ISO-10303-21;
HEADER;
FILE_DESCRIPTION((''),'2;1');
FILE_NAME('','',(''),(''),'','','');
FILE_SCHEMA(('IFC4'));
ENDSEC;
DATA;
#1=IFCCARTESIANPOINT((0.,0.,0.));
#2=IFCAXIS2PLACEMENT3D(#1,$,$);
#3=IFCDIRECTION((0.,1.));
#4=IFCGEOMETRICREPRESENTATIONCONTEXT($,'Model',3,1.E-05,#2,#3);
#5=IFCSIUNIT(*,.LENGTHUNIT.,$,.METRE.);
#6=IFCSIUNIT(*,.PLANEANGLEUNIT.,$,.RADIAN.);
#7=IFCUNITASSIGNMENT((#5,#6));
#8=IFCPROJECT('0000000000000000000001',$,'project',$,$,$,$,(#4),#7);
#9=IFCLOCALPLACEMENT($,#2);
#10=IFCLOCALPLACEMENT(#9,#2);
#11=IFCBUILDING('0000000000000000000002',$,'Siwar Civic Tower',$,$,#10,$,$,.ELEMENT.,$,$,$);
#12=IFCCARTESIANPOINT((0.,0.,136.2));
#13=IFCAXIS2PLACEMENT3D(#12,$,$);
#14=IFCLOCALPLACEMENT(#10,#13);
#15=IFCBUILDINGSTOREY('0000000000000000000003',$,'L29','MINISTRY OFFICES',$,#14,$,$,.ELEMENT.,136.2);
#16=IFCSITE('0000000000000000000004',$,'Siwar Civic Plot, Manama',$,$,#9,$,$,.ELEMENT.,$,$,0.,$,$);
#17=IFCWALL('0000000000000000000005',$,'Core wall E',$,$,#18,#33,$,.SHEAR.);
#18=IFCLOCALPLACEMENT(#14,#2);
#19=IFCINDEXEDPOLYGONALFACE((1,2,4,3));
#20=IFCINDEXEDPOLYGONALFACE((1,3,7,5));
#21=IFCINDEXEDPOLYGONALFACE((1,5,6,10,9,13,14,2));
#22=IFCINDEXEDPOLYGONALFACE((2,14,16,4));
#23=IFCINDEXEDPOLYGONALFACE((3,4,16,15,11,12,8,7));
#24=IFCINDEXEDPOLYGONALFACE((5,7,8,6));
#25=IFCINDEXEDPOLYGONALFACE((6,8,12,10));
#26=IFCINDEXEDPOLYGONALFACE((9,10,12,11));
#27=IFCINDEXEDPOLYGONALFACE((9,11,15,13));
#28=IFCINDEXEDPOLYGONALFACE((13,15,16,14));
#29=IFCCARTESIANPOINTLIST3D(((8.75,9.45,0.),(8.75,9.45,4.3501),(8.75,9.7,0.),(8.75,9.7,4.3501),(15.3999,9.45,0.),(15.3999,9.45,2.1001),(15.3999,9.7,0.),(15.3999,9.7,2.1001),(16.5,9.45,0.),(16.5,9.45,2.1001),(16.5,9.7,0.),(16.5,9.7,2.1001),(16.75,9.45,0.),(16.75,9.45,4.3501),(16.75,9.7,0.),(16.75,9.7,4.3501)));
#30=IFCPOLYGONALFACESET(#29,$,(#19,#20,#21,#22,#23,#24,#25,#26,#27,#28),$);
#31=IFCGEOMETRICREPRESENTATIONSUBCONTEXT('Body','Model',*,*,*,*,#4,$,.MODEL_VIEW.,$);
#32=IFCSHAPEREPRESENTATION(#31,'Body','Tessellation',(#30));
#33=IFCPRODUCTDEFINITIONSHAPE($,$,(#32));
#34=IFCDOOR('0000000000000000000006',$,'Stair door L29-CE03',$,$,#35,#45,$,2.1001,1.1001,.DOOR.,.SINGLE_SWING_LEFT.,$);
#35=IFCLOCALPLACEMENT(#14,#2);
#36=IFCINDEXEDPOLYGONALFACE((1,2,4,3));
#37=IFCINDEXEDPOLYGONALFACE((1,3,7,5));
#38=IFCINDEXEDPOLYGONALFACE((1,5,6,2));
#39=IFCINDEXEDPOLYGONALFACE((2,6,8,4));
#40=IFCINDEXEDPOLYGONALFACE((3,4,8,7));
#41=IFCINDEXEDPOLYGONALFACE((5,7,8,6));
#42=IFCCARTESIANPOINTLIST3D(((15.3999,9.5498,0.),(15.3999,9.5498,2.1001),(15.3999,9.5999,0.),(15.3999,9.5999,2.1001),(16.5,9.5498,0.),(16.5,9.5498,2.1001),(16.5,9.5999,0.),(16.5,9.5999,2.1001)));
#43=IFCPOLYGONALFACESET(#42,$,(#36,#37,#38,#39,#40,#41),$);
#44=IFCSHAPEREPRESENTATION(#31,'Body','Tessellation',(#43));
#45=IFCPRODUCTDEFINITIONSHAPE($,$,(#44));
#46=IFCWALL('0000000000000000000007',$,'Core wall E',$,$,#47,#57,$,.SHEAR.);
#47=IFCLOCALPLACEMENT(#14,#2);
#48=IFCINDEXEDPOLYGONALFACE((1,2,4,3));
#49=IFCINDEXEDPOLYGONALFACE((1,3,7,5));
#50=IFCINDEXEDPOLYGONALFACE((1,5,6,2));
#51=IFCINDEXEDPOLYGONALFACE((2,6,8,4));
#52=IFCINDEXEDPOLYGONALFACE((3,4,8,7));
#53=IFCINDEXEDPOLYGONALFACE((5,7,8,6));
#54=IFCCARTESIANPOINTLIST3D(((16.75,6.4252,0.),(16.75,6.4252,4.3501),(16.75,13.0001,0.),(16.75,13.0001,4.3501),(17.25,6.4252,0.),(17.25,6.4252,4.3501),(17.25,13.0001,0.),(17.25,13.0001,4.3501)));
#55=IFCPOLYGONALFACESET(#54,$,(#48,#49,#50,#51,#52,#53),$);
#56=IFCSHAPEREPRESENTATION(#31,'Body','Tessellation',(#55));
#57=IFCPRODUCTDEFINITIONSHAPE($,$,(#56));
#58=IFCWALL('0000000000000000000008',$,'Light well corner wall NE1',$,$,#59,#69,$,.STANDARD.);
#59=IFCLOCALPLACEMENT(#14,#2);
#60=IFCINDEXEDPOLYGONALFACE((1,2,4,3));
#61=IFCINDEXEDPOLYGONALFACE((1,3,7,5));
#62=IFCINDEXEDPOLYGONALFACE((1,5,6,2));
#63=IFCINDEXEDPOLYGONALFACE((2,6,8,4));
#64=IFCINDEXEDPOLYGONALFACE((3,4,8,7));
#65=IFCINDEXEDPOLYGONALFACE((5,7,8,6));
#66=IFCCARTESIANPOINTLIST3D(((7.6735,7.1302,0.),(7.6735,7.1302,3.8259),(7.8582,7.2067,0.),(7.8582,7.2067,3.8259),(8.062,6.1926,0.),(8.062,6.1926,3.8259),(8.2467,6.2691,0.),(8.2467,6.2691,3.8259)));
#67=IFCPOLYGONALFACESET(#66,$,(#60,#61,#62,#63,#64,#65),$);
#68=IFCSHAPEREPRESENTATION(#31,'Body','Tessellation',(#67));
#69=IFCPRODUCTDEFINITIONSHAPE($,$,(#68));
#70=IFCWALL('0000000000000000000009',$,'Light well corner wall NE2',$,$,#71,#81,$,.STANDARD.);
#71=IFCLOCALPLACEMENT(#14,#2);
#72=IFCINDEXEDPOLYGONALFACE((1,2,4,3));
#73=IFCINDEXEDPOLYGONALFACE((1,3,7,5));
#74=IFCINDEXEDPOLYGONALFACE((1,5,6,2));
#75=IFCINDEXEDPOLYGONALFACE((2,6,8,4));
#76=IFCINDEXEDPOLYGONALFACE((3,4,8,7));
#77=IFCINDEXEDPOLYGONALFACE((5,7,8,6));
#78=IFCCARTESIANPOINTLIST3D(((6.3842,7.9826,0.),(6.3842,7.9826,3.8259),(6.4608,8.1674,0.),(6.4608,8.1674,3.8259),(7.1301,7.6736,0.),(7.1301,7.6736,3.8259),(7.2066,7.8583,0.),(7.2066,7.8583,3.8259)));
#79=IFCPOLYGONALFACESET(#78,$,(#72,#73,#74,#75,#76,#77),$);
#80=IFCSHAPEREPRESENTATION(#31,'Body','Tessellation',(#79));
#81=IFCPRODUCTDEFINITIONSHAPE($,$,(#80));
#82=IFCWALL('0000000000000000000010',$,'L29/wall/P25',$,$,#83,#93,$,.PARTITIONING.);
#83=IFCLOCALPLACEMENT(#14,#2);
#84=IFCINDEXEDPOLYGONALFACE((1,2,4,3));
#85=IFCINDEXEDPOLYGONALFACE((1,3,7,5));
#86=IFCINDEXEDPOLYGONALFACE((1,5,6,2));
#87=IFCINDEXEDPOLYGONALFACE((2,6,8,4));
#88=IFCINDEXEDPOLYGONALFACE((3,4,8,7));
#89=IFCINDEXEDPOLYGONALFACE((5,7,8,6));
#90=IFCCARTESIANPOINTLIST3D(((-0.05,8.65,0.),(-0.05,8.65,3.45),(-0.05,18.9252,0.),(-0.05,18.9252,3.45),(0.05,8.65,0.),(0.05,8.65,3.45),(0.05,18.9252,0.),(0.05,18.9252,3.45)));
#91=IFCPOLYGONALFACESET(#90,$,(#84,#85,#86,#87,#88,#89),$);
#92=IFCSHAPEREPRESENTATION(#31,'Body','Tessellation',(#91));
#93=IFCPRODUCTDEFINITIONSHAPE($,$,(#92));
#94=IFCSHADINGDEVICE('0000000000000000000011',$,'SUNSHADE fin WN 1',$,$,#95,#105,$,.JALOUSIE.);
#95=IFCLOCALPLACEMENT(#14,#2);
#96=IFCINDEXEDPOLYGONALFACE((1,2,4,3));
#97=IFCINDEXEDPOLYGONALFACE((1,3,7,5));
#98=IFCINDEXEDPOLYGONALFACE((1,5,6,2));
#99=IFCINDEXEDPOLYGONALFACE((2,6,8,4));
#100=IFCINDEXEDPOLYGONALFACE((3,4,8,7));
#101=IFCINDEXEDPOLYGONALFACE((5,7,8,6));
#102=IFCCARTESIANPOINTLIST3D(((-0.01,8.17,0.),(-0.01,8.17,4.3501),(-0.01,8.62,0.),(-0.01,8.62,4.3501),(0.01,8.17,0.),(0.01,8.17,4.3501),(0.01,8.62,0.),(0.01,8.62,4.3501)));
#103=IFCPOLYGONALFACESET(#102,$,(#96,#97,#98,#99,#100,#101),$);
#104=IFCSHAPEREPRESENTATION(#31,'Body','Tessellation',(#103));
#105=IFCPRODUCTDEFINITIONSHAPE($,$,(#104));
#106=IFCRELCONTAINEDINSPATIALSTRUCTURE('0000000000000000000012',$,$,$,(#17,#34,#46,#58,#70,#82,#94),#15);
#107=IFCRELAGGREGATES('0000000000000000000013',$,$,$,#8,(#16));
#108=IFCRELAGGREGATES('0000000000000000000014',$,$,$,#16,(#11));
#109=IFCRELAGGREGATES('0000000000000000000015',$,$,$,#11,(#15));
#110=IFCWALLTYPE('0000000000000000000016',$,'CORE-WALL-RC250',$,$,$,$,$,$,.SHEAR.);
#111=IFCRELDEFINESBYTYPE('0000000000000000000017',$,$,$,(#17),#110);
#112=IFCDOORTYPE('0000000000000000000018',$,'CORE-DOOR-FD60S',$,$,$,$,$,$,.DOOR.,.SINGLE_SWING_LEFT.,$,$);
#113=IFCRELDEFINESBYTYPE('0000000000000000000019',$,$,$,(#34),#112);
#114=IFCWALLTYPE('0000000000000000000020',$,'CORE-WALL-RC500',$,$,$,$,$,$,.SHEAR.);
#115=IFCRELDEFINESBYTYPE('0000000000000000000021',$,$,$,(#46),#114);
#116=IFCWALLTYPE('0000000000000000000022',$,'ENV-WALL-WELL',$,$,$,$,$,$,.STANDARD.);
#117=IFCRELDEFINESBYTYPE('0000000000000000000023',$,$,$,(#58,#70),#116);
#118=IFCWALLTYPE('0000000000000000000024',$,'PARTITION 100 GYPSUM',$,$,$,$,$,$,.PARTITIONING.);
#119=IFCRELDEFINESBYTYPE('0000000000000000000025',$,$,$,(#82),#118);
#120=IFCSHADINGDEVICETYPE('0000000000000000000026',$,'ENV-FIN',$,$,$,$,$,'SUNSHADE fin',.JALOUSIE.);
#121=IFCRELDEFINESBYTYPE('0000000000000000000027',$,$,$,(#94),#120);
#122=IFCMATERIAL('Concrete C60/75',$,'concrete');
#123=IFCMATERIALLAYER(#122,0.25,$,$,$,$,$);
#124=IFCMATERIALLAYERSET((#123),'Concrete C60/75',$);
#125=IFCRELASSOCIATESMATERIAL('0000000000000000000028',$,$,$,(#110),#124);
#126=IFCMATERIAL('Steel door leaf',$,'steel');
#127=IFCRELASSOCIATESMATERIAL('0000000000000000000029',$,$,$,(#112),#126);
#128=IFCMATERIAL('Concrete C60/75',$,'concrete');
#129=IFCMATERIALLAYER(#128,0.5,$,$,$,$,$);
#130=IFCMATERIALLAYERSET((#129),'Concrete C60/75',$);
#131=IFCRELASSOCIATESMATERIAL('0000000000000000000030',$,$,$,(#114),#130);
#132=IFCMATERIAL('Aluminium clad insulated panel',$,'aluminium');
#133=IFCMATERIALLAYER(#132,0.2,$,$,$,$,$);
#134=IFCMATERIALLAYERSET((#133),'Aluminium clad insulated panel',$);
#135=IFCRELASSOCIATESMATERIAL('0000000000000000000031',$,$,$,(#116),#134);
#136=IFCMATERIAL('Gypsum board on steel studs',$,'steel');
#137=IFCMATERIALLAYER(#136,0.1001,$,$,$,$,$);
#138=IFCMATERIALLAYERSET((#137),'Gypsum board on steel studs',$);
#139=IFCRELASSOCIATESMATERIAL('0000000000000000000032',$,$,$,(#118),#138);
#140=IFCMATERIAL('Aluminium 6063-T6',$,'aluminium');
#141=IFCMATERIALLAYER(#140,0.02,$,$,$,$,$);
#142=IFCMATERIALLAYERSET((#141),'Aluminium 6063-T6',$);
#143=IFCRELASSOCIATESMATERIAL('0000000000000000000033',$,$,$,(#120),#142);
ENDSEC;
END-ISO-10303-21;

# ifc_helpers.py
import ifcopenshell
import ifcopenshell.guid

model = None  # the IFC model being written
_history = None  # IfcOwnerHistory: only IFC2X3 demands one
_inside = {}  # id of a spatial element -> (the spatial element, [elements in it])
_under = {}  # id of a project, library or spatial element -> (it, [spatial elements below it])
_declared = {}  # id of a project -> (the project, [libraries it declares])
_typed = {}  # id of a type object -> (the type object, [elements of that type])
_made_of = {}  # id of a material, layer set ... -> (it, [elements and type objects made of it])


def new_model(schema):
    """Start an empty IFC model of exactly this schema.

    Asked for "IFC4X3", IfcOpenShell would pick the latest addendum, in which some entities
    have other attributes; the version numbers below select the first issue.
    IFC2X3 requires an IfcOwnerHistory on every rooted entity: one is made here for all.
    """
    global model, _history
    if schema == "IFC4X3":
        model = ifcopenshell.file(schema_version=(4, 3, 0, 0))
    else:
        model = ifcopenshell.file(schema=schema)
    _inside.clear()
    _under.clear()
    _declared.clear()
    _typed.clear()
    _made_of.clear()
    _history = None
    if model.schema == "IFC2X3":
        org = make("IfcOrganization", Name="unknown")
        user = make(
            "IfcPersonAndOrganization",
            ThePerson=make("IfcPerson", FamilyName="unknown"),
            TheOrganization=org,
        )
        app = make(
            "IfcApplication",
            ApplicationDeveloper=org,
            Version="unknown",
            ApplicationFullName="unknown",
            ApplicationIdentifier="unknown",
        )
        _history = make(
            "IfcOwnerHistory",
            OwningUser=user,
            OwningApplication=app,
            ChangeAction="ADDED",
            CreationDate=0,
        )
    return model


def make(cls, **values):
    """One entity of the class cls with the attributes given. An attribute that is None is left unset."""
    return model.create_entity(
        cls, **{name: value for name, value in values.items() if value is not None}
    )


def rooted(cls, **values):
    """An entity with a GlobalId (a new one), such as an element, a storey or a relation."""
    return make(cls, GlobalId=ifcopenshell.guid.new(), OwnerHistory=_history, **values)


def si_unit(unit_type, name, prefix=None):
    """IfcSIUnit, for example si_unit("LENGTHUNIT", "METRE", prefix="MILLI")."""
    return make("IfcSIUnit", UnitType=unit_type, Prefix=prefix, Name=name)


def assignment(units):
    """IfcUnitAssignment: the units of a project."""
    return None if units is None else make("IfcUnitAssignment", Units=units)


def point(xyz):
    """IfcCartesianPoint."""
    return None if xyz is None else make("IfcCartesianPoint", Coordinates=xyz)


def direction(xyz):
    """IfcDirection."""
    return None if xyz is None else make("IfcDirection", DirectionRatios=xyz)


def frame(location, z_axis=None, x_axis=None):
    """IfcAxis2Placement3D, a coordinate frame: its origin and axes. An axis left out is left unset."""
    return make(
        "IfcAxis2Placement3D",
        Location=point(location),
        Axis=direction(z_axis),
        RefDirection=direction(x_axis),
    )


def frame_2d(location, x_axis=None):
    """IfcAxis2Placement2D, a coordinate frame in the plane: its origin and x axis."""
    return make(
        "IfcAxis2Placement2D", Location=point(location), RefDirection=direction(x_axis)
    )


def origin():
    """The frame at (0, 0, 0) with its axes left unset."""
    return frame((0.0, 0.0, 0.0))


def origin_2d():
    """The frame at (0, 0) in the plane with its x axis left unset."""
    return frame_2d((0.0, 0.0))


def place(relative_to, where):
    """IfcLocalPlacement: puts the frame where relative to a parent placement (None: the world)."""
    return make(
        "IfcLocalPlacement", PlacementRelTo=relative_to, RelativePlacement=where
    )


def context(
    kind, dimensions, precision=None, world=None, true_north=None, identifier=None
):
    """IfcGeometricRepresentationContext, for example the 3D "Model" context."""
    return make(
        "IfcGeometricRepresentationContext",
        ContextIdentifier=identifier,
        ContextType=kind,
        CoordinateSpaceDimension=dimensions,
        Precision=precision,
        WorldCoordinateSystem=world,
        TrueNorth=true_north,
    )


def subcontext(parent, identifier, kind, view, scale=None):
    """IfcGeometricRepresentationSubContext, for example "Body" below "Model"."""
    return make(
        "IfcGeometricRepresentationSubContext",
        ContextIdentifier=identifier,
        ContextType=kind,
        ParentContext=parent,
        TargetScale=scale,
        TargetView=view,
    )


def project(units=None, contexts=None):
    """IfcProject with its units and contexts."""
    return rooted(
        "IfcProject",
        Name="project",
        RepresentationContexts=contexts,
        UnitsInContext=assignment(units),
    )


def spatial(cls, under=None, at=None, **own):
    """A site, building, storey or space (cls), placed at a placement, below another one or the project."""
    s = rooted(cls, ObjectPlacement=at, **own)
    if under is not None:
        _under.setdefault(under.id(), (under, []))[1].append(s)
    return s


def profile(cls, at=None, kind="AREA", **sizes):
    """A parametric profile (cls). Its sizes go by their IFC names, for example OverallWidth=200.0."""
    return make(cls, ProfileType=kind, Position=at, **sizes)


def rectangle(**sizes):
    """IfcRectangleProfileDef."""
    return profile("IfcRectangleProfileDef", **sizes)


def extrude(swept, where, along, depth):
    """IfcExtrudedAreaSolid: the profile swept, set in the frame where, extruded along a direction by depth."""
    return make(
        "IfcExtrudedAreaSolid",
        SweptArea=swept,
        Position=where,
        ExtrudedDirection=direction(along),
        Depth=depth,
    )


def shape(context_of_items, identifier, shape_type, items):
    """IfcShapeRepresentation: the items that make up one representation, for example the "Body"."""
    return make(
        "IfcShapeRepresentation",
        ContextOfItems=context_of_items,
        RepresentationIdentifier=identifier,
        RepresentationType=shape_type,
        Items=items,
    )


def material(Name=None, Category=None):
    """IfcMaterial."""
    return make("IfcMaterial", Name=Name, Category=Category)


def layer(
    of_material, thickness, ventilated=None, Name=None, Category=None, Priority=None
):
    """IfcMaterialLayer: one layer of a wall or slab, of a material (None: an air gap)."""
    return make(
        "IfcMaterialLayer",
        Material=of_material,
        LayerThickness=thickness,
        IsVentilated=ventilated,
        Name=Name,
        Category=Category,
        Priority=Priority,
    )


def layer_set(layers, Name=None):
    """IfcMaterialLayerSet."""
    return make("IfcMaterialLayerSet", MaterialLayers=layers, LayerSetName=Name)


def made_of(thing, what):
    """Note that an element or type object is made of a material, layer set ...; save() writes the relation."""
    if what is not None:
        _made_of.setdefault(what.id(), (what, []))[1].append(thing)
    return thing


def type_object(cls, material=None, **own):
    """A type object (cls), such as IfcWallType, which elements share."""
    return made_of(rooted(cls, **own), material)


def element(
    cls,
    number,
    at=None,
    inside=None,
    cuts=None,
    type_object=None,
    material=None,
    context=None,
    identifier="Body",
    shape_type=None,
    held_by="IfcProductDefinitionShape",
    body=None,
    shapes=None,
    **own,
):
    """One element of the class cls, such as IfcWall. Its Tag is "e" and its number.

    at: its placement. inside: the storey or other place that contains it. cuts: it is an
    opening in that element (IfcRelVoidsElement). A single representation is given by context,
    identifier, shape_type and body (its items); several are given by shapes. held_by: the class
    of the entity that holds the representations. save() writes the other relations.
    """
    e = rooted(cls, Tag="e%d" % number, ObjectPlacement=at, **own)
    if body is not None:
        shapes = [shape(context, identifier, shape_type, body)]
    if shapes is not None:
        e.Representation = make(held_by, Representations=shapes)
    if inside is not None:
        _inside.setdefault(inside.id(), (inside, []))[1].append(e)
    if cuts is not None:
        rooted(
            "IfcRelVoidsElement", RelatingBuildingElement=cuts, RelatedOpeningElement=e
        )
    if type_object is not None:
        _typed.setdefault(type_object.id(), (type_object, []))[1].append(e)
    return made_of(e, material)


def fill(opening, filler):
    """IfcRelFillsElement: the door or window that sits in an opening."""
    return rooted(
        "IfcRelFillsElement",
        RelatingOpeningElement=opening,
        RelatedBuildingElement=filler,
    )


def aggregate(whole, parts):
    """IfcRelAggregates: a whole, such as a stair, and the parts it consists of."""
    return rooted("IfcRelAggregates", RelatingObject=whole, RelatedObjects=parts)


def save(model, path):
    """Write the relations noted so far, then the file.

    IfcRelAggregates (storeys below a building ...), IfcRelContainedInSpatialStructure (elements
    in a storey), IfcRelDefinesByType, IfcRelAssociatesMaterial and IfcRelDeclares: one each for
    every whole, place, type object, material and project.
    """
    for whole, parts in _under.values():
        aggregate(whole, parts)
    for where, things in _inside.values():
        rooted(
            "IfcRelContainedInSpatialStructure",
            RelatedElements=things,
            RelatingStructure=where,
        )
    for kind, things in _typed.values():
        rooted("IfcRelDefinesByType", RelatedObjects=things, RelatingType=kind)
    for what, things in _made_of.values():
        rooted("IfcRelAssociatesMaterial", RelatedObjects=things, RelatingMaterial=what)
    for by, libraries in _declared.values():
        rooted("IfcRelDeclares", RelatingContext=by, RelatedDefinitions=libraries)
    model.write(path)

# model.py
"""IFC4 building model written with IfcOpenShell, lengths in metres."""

from ifc_helpers import new_model, si_unit, direction, frame, frame_2d, origin, origin_2d, place, context, subcontext, project, spatial, rectangle, extrude, material, layer, layer_set, type_object, element, fill, save


model = new_model("IFC4")

# Units and contexts
model_context = context("Model", 3, precision=1e-05, world=origin(), true_north=direction((0.0, 1.0)))
body_context = subcontext(model_context, "Body", "Model", "MODEL_VIEW")
ifc_project = project(units=[si_unit("LENGTHUNIT", "METRE"), si_unit("PLANEANGLEUNIT", "RADIAN")], contexts=[model_context])

# Site, building, storey
site_placement = place(None, origin())
site = spatial("IfcSite", under=ifc_project, at=site_placement, Name="Siwar Civic Plot, Manama", CompositionType="ELEMENT", RefElevation=0.0)
building_placement = place(site_placement, origin())
building = spatial("IfcBuilding", under=site, at=building_placement, Name="Siwar Civic Tower", CompositionType="ELEMENT")
storey_placement = place(building_placement, frame((0.0, 0.0, 136.2)))
storey = spatial("IfcBuildingStorey", under=building, at=storey_placement, Name="L29", Description="MINISTRY OFFICES", CompositionType="ELEMENT", Elevation=136.2)

# Shared definitions
ifc_material_1 = material(Name="Concrete C60/75", Category="concrete")
ifc_layer_1 = layer(ifc_material_1, 0.25)
ifc_layer_set_1 = layer_set([ifc_layer_1], Name="Concrete C60/75")
wall_type_1 = type_object("IfcWallType", Name="CORE-WALL-RC250", PredefinedType="SHEAR", material=ifc_layer_set_1)

# Wall, opening, door
wall_1_placement = place(storey_placement, frame((8.75, 9.575, 0.0), z_axis=(0.0, 0.0, 1.0), x_axis=(1.0, 0.0, 0.0)))
wall_1 = element("IfcWall", 1, at=wall_1_placement, inside=storey, type_object=wall_type_1, Name="Core wall E", PredefinedType="SHEAR", context=body_context, shape_type="SweptSolid", body=[
    extrude(rectangle(XDim=8.0, YDim=0.25, at=frame_2d((4.0, 0.0))), origin(), (0.0, 0.0, 1.0), 4.3501),
])
opening_1_placement = place(wall_1_placement, frame((6.6499, 0.0, 0.0)))
opening_1 = element("IfcOpeningElement", 2, at=opening_1_placement, cuts=wall_1, PredefinedType="OPENING", context=body_context, shape_type="SweptSolid", body=[
    extrude(rectangle(XDim=1.1001, YDim=2.1001, at=frame_2d((0.55, 1.05))), frame((0.0, 0.135, 0.0), z_axis=(0.0, -1.0, 0.0), x_axis=(1.0, 0.0, 0.0)), (0.0, 0.0, 1.0), 0.27),
])
ifc_material_2 = material(Name="Steel door leaf", Category="steel")
door_type_1 = type_object("IfcDoorType", Name="CORE-DOOR-FD60S", OperationType="SINGLE_SWING_LEFT", PredefinedType="DOOR", material=ifc_material_2)
door_1_placement = place(opening_1_placement, origin())
door_1 = element("IfcDoor", 3, at=door_1_placement, inside=storey, type_object=door_type_1, Name="Stair door L29-CE03", OperationType="SINGLE_SWING_LEFT", OverallHeight=2.1001, OverallWidth=1.1001, PredefinedType="DOOR", context=body_context, shape_type="SweptSolid", body=[
    extrude(rectangle(XDim=1.1001, YDim=2.1001, at=frame_2d((0.55, 1.05))), frame((0.0, 0.0249, 0.0), z_axis=(0.0, -1.0, 0.0), x_axis=(1.0, 0.0, 0.0)), (0.0, 0.0, 1.0), 0.05),
])
fill(opening_1, door_1)

# Walls
ifc_material_3 = material(Name="Concrete C60/75", Category="concrete")
ifc_layer_2 = layer(ifc_material_3, 0.5)
ifc_layer_set_2 = layer_set([ifc_layer_2], Name="Concrete C60/75")
wall_type_2 = type_object("IfcWallType", Name="CORE-WALL-RC500", PredefinedType="SHEAR", material=ifc_layer_set_2)
wall_2_placement = place(storey_placement, frame((17.0, 6.425, 0.0), z_axis=(0.0, 0.0, 1.0), x_axis=(0.0, 1.0, 0.0)))
element("IfcWall", 4, at=wall_2_placement, inside=storey, type_object=wall_type_2, Name="Core wall E", PredefinedType="SHEAR", context=body_context, shape_type="SweptSolid", body=[
    extrude(rectangle(XDim=6.575, YDim=0.5, at=frame_2d((3.2876, 0.0))), origin(), (0.0, 0.0, 1.0), 4.3501),
])
ifc_material_4 = material(Name="Aluminium clad insulated panel", Category="aluminium")
ifc_layer_3 = layer(ifc_material_4, 0.2)
ifc_layer_set_3 = layer_set([ifc_layer_3], Name="Aluminium clad insulated panel")
wall_type_3 = type_object("IfcWallType", Name="ENV-WALL-WELL", PredefinedType="STANDARD", material=ifc_layer_set_3)
wall_3_placement = place(storey_placement, frame((8.1543, 6.231, 0.0), z_axis=(0.0, 0.0, 1.0), x_axis=(-0.38277, 0.923844, 0.0)))
element("IfcWall", 5, at=wall_3_placement, inside=storey, type_object=wall_type_3, Name="Light well corner wall NE1", PredefinedType="STANDARD", context=body_context, shape_type="SweptSolid", body=[
    extrude(rectangle(XDim=1.0149, YDim=0.2, at=frame_2d((0.5073, 0.0))), origin(), (0.0, 0.0, 1.0), 3.8259),
])
wall_4_placement = place(storey_placement, frame((7.1685, 7.7659, 0.0), z_axis=(0.0, 0.0, 1.0), x_axis=(-0.923818, 0.382833, 0.0)))
element("IfcWall", 6, at=wall_4_placement, inside=storey, type_object=wall_type_3, Name="Light well corner wall NE2", PredefinedType="STANDARD", context=body_context, shape_type="SweptSolid", body=[
    extrude(rectangle(XDim=0.8074, YDim=0.2, at=frame_2d((0.4038, 0.0))), origin(), (0.0, 0.0, 1.0), 3.8259),
])
ifc_material_5 = material(Name="Gypsum board on steel studs", Category="steel")
ifc_layer_4 = layer(ifc_material_5, 0.1001)
ifc_layer_set_4 = layer_set([ifc_layer_4], Name="Gypsum board on steel studs")
wall_type_4 = type_object("IfcWallType", Name="PARTITION 100 GYPSUM", PredefinedType="PARTITIONING", material=ifc_layer_set_4)
wall_5_placement = place(storey_placement, frame((0.0, 8.6499, 0.0), z_axis=(0.0, 0.0, 1.0), x_axis=(0.0, 1.0, 0.0)))
element("IfcWall", 7, at=wall_5_placement, inside=storey, type_object=wall_type_4, Name="L29/wall/P25", PredefinedType="PARTITIONING", context=body_context, shape_type="SweptSolid", body=[
    extrude(rectangle(XDim=10.2751, YDim=0.1001, at=frame_2d((5.1377, 0.0))), origin(), (0.0, 0.0, 1.0), 3.45),
])

# Shading device
ifc_material_6 = material(Name="Aluminium 6063-T6", Category="aluminium")
ifc_layer_5 = layer(ifc_material_6, 0.02)
ifc_layer_set_5 = layer_set([ifc_layer_5], Name="Aluminium 6063-T6")
shading_device_type = type_object("IfcShadingDeviceType", Name="ENV-FIN", ElementType="SUNSHADE fin", PredefinedType="JALOUSIE", material=ifc_layer_set_5)
shading_device_placement = place(storey_placement, frame((0.0, 8.395, 0.0), z_axis=(0.0, 0.0, 1.0), x_axis=(-1.0, 0.0, 0.0)))
element("IfcShadingDevice", 8, at=shading_device_placement, inside=storey, type_object=shading_device_type, Name="SUNSHADE fin WN 1", PredefinedType="JALOUSIE", context=body_context, shape_type="SweptSolid", body=[
    extrude(rectangle(XDim=0.02, YDim=0.45, at=origin_2d()), origin(), (0.0, 0.0, 1.0), 4.3501),
])

save(model, "model.ifc")
